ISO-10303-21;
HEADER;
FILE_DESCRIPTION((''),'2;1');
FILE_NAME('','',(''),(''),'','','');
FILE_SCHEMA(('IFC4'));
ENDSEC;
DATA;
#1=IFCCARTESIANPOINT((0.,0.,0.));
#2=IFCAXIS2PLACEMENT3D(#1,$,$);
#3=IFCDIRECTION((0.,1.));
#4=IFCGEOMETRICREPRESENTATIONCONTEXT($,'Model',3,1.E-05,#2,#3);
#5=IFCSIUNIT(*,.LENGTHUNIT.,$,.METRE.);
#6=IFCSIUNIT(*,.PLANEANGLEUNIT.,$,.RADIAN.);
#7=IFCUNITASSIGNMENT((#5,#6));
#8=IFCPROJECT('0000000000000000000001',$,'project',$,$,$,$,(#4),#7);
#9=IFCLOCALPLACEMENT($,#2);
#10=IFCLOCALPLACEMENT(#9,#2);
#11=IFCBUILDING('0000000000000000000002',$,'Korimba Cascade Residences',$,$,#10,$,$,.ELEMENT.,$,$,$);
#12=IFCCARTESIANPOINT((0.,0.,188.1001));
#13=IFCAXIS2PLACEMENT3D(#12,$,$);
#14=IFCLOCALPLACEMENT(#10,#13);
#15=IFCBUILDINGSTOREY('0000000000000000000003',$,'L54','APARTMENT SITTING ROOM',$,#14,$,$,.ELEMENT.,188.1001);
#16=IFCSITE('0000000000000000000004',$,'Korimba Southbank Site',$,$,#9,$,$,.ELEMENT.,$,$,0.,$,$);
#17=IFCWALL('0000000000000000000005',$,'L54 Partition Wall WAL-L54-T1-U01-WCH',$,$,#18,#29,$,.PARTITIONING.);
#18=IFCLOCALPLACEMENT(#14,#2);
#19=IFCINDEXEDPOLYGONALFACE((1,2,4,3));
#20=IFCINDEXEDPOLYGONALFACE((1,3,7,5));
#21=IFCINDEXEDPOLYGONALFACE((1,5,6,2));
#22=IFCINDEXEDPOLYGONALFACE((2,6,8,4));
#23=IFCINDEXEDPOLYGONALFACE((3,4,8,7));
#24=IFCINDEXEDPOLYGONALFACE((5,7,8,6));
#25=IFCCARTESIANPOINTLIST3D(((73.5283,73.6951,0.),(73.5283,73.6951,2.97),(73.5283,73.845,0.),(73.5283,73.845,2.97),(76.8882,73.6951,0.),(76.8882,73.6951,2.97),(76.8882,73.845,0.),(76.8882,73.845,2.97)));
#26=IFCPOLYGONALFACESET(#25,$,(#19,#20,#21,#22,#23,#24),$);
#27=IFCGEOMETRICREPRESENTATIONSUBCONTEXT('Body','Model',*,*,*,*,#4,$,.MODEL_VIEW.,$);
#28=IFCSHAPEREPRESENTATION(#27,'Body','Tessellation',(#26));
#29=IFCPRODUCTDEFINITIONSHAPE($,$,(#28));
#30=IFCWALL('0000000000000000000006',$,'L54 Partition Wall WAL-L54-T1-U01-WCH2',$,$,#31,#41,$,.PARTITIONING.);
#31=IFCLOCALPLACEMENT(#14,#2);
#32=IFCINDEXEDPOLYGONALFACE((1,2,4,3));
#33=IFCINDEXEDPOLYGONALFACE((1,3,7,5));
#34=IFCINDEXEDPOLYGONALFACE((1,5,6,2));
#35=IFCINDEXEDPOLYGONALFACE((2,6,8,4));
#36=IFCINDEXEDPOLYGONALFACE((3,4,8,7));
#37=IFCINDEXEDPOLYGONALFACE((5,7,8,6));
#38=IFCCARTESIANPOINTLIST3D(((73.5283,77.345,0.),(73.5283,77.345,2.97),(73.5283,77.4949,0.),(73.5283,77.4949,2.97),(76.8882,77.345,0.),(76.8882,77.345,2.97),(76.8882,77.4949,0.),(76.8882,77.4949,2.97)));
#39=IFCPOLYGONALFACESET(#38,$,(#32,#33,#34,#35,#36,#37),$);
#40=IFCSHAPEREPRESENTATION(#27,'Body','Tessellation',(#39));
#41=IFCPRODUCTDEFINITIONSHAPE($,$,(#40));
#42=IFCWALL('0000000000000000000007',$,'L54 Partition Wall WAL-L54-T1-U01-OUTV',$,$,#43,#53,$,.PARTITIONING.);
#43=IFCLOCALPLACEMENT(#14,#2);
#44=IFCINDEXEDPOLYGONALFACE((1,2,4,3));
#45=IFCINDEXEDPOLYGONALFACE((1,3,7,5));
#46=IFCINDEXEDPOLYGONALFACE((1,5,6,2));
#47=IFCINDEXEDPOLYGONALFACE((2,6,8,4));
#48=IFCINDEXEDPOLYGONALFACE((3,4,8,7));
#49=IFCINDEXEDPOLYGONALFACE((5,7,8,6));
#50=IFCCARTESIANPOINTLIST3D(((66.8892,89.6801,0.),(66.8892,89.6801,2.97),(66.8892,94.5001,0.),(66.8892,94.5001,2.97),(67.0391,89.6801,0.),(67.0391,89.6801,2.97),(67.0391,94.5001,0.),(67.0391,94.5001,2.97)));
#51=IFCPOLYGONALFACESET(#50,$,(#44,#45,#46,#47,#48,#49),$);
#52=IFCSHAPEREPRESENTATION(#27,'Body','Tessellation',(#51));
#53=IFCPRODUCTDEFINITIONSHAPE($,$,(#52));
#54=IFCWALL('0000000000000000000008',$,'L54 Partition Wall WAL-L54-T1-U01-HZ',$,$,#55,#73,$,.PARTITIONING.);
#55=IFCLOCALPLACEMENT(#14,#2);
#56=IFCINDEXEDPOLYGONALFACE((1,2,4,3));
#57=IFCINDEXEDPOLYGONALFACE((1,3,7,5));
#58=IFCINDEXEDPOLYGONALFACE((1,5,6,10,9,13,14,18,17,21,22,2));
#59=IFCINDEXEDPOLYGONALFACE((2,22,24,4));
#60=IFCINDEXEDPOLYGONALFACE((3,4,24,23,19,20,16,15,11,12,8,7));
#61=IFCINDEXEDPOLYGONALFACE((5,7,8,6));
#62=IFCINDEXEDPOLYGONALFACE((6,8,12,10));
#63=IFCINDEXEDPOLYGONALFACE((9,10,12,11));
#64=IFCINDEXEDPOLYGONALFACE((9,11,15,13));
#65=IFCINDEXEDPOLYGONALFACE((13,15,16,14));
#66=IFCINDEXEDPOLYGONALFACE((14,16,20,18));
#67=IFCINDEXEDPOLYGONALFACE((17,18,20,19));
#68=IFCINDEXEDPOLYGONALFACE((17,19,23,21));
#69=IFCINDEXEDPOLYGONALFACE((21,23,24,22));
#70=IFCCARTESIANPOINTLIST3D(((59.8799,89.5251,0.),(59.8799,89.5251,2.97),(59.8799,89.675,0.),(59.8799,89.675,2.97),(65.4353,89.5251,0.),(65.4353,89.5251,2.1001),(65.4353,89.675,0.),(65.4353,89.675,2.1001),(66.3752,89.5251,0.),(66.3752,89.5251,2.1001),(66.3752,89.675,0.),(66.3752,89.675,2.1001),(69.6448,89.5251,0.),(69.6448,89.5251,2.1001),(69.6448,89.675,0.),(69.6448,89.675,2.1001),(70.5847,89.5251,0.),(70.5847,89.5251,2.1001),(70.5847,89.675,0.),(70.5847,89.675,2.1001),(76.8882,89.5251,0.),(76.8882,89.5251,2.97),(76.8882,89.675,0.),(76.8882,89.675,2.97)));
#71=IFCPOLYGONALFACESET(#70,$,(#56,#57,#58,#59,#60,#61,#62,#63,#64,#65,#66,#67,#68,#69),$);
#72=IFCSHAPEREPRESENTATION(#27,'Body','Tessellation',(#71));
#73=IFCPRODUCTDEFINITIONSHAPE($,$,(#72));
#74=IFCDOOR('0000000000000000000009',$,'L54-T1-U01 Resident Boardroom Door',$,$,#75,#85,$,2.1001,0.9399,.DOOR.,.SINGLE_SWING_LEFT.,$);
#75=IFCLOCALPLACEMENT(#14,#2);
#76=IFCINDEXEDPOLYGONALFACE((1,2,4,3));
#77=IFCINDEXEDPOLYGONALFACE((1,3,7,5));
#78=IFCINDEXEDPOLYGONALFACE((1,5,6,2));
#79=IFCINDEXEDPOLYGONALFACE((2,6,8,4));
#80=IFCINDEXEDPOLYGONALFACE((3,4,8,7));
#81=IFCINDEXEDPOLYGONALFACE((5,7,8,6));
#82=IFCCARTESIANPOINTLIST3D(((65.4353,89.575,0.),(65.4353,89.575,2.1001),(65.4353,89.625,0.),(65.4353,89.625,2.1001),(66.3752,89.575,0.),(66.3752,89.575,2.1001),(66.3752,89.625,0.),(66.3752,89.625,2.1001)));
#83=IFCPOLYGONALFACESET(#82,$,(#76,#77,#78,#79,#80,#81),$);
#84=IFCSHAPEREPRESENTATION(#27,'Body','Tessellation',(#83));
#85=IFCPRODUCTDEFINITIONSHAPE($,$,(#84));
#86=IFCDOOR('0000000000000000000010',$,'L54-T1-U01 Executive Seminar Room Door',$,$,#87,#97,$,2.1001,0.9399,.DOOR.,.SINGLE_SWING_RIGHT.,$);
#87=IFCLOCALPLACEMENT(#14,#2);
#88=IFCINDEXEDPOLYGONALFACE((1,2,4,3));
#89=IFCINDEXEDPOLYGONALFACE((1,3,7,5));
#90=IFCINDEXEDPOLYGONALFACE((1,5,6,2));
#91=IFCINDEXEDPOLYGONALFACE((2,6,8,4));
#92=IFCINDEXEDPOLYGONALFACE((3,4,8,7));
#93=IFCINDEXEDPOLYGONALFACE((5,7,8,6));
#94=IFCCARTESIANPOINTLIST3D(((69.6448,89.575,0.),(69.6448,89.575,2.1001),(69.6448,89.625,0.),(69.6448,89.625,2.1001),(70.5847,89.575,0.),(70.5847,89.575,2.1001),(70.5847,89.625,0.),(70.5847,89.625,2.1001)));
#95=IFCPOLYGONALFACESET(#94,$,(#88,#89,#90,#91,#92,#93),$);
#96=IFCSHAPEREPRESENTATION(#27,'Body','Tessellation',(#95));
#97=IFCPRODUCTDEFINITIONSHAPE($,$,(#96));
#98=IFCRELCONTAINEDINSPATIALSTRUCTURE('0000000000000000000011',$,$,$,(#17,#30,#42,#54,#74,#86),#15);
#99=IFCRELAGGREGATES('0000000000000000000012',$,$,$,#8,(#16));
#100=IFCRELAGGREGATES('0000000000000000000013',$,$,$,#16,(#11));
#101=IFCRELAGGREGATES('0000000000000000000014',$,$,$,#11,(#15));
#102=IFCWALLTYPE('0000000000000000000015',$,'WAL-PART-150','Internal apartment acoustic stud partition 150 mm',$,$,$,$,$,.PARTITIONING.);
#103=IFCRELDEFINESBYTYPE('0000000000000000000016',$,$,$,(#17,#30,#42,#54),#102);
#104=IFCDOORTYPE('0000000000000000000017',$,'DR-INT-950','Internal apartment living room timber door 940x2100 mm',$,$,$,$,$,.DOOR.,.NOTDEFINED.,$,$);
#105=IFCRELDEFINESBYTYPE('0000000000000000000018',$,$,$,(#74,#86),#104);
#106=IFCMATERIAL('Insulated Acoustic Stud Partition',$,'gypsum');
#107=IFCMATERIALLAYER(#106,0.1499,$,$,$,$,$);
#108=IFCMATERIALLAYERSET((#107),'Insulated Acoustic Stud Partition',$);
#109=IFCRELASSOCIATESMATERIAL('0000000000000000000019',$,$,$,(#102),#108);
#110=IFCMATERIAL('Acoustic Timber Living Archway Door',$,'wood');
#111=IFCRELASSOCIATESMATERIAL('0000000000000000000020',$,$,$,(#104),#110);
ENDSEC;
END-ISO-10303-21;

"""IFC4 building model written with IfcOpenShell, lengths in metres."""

from ifc_helpers import new_model, si_unit, direction, frame, frame_2d, origin, place, context, subcontext, project, spatial, rectangle, extrude, material, layer, layer_set, type_object, element, fill, save


model = new_model("IFC4")

# Units and contexts
model_context = context("Model", 3, precision=1e-05, world=origin(), true_north=direction((0.0, 1.0)))
body_context = subcontext(model_context, "Body", "Model", "MODEL_VIEW")
ifc_project = project(units=[si_unit("LENGTHUNIT", "METRE"), si_unit("PLANEANGLEUNIT", "RADIAN")], contexts=[model_context])

# Site, building, storey
site_placement = place(None, origin())
site = spatial("IfcSite", under=ifc_project, at=site_placement, Name="Korimba Southbank Site", CompositionType="ELEMENT", RefElevation=0.0)
building_placement = place(site_placement, origin())
building = spatial("IfcBuilding", under=site, at=building_placement, Name="Korimba Cascade Residences", CompositionType="ELEMENT")
storey_placement = place(building_placement, frame((0.0, 0.0, 188.1001)))
storey = spatial("IfcBuildingStorey", under=building, at=storey_placement, Name="L54", Description="APARTMENT SITTING ROOM", CompositionType="ELEMENT", Elevation=188.1001)

# Walls
ifc_material_1 = material(Name="Insulated Acoustic Stud Partition", Category="gypsum")
ifc_layer_1 = layer(ifc_material_1, 0.1499)
ifc_layer_set_1 = layer_set([ifc_layer_1], Name="Insulated Acoustic Stud Partition")
wall_type_1 = type_object("IfcWallType", Name="WAL-PART-150", Description="Internal apartment acoustic stud partition 150 mm", PredefinedType="PARTITIONING", material=ifc_layer_set_1)
for number, where, z_axis, x_axis, name in (
    (1, (73.5283, 73.77, 0.0), (0.0, 0.0, 1.0), (1.0, 0.0, 0.0), "L54 Partition Wall WAL-L54-T1-U01-WCH"),
    (2, (73.5283, 77.4199, 0.0), (0.0, 0.0, 1.0), (1.0, 0.0, 0.0), "L54 Partition Wall WAL-L54-T1-U01-WCH2"),
):
    element("IfcWall", number, at=place(storey_placement, frame(where, z_axis=z_axis, x_axis=x_axis)), inside=storey, type_object=wall_type_1, Name=name, PredefinedType="PARTITIONING", context=body_context, shape_type="SweptSolid", body=[
        extrude(rectangle(XDim=3.3599, YDim=0.1499, at=frame_2d((1.6799, 0.0))), origin(), (0.0, 0.0, 1.0), 2.97),
    ])
wall_1_placement = place(storey_placement, frame((66.9641, 89.6799, 0.0), z_axis=(0.0, 0.0, 1.0), x_axis=(0.0, 1.0, 0.0)))
element("IfcWall", 3, at=wall_1_placement, inside=storey, type_object=wall_type_1, Name="L54 Partition Wall WAL-L54-T1-U01-OUTV", PredefinedType="PARTITIONING", context=body_context, shape_type="SweptSolid", body=[
    extrude(rectangle(XDim=4.8201, YDim=0.1499, at=frame_2d((2.4102, 0.0))), origin(), (0.0, 0.0, 1.0), 2.97),
])

# Wall, openings, doors
wall_2_placement = place(storey_placement, frame((59.8799, 89.6001, 0.0), z_axis=(0.0, 0.0, 1.0), x_axis=(1.0, 0.0, 0.0)))
wall_2 = element("IfcWall", 4, at=wall_2_placement, inside=storey, type_object=wall_type_1, Name="L54 Partition Wall WAL-L54-T1-U01-HZ", PredefinedType="PARTITIONING", context=body_context, shape_type="SweptSolid", body=[
    extrude(rectangle(XDim=17.0083, YDim=0.1499, at=frame_2d((8.5042, 0.0))), origin(), (0.0, 0.0, 1.0), 2.97),
])
opening_1_placement = place(wall_2_placement, frame((5.5554, 0.0, 0.0)))
opening_1 = element("IfcOpeningElement", 5, at=opening_1_placement, cuts=wall_2, PredefinedType="OPENING", context=body_context, shape_type="SweptSolid", body=[
    extrude(rectangle(XDim=0.9399, YDim=2.1001, at=frame_2d((0.47, 1.05))), frame((0.0, 0.085, 0.0), z_axis=(0.0, -1.0, 0.0), x_axis=(1.0, 0.0, 0.0)), (0.0, 0.0, 1.0), 0.1699),
])
opening_2_placement = place(wall_2_placement, frame((9.7649, 0.0, 0.0)))
opening_2 = element("IfcOpeningElement", 6, at=opening_2_placement, cuts=wall_2, PredefinedType="OPENING", context=body_context, shape_type="SweptSolid", body=[
    extrude(rectangle(XDim=0.9399, YDim=2.1001, at=frame_2d((0.47, 1.05))), frame((0.0, 0.085, 0.0), z_axis=(0.0, -1.0, 0.0), x_axis=(1.0, 0.0, 0.0)), (0.0, 0.0, 1.0), 0.1699),
])
ifc_material_2 = material(Name="Acoustic Timber Living Archway Door", Category="wood")
door_type = type_object("IfcDoorType", Name="DR-INT-950", Description="Internal apartment living room timber door 940x2100 mm", OperationType="NOTDEFINED", PredefinedType="DOOR", material=ifc_material_2)
door_1_placement = place(opening_1_placement, origin())
door_1 = element("IfcDoor", 7, at=door_1_placement, inside=storey, type_object=door_type, Name="L54-T1-U01 Resident Boardroom Door", OperationType="SINGLE_SWING_LEFT", OverallHeight=2.1001, OverallWidth=0.9399, PredefinedType="DOOR", context=body_context, shape_type="SweptSolid", body=[
    extrude(rectangle(XDim=0.9399, YDim=2.1001, at=frame_2d((0.47, 1.05))), frame((0.0, 0.0249, 0.0), z_axis=(0.0, -1.0, 0.0), x_axis=(1.0, 0.0, 0.0)), (0.0, 0.0, 1.0), 0.05),
])
fill(opening_1, door_1)
door_2_placement = place(opening_2_placement, origin())
door_2 = element("IfcDoor", 8, at=door_2_placement, inside=storey, type_object=door_type, Name="L54-T1-U01 Executive Seminar Room Door", OperationType="SINGLE_SWING_RIGHT", OverallHeight=2.1001, OverallWidth=0.9399, PredefinedType="DOOR", context=body_context, shape_type="SweptSolid", body=[
    extrude(rectangle(XDim=0.9399, YDim=2.1001, at=frame_2d((0.47, 1.05))), frame((0.0, 0.0249, 0.0), z_axis=(0.0, -1.0, 0.0), x_axis=(1.0, 0.0, 0.0)), (0.0, 0.0, 1.0), 0.05),
])
fill(opening_2, door_2)

save(model, "model.ifc")
